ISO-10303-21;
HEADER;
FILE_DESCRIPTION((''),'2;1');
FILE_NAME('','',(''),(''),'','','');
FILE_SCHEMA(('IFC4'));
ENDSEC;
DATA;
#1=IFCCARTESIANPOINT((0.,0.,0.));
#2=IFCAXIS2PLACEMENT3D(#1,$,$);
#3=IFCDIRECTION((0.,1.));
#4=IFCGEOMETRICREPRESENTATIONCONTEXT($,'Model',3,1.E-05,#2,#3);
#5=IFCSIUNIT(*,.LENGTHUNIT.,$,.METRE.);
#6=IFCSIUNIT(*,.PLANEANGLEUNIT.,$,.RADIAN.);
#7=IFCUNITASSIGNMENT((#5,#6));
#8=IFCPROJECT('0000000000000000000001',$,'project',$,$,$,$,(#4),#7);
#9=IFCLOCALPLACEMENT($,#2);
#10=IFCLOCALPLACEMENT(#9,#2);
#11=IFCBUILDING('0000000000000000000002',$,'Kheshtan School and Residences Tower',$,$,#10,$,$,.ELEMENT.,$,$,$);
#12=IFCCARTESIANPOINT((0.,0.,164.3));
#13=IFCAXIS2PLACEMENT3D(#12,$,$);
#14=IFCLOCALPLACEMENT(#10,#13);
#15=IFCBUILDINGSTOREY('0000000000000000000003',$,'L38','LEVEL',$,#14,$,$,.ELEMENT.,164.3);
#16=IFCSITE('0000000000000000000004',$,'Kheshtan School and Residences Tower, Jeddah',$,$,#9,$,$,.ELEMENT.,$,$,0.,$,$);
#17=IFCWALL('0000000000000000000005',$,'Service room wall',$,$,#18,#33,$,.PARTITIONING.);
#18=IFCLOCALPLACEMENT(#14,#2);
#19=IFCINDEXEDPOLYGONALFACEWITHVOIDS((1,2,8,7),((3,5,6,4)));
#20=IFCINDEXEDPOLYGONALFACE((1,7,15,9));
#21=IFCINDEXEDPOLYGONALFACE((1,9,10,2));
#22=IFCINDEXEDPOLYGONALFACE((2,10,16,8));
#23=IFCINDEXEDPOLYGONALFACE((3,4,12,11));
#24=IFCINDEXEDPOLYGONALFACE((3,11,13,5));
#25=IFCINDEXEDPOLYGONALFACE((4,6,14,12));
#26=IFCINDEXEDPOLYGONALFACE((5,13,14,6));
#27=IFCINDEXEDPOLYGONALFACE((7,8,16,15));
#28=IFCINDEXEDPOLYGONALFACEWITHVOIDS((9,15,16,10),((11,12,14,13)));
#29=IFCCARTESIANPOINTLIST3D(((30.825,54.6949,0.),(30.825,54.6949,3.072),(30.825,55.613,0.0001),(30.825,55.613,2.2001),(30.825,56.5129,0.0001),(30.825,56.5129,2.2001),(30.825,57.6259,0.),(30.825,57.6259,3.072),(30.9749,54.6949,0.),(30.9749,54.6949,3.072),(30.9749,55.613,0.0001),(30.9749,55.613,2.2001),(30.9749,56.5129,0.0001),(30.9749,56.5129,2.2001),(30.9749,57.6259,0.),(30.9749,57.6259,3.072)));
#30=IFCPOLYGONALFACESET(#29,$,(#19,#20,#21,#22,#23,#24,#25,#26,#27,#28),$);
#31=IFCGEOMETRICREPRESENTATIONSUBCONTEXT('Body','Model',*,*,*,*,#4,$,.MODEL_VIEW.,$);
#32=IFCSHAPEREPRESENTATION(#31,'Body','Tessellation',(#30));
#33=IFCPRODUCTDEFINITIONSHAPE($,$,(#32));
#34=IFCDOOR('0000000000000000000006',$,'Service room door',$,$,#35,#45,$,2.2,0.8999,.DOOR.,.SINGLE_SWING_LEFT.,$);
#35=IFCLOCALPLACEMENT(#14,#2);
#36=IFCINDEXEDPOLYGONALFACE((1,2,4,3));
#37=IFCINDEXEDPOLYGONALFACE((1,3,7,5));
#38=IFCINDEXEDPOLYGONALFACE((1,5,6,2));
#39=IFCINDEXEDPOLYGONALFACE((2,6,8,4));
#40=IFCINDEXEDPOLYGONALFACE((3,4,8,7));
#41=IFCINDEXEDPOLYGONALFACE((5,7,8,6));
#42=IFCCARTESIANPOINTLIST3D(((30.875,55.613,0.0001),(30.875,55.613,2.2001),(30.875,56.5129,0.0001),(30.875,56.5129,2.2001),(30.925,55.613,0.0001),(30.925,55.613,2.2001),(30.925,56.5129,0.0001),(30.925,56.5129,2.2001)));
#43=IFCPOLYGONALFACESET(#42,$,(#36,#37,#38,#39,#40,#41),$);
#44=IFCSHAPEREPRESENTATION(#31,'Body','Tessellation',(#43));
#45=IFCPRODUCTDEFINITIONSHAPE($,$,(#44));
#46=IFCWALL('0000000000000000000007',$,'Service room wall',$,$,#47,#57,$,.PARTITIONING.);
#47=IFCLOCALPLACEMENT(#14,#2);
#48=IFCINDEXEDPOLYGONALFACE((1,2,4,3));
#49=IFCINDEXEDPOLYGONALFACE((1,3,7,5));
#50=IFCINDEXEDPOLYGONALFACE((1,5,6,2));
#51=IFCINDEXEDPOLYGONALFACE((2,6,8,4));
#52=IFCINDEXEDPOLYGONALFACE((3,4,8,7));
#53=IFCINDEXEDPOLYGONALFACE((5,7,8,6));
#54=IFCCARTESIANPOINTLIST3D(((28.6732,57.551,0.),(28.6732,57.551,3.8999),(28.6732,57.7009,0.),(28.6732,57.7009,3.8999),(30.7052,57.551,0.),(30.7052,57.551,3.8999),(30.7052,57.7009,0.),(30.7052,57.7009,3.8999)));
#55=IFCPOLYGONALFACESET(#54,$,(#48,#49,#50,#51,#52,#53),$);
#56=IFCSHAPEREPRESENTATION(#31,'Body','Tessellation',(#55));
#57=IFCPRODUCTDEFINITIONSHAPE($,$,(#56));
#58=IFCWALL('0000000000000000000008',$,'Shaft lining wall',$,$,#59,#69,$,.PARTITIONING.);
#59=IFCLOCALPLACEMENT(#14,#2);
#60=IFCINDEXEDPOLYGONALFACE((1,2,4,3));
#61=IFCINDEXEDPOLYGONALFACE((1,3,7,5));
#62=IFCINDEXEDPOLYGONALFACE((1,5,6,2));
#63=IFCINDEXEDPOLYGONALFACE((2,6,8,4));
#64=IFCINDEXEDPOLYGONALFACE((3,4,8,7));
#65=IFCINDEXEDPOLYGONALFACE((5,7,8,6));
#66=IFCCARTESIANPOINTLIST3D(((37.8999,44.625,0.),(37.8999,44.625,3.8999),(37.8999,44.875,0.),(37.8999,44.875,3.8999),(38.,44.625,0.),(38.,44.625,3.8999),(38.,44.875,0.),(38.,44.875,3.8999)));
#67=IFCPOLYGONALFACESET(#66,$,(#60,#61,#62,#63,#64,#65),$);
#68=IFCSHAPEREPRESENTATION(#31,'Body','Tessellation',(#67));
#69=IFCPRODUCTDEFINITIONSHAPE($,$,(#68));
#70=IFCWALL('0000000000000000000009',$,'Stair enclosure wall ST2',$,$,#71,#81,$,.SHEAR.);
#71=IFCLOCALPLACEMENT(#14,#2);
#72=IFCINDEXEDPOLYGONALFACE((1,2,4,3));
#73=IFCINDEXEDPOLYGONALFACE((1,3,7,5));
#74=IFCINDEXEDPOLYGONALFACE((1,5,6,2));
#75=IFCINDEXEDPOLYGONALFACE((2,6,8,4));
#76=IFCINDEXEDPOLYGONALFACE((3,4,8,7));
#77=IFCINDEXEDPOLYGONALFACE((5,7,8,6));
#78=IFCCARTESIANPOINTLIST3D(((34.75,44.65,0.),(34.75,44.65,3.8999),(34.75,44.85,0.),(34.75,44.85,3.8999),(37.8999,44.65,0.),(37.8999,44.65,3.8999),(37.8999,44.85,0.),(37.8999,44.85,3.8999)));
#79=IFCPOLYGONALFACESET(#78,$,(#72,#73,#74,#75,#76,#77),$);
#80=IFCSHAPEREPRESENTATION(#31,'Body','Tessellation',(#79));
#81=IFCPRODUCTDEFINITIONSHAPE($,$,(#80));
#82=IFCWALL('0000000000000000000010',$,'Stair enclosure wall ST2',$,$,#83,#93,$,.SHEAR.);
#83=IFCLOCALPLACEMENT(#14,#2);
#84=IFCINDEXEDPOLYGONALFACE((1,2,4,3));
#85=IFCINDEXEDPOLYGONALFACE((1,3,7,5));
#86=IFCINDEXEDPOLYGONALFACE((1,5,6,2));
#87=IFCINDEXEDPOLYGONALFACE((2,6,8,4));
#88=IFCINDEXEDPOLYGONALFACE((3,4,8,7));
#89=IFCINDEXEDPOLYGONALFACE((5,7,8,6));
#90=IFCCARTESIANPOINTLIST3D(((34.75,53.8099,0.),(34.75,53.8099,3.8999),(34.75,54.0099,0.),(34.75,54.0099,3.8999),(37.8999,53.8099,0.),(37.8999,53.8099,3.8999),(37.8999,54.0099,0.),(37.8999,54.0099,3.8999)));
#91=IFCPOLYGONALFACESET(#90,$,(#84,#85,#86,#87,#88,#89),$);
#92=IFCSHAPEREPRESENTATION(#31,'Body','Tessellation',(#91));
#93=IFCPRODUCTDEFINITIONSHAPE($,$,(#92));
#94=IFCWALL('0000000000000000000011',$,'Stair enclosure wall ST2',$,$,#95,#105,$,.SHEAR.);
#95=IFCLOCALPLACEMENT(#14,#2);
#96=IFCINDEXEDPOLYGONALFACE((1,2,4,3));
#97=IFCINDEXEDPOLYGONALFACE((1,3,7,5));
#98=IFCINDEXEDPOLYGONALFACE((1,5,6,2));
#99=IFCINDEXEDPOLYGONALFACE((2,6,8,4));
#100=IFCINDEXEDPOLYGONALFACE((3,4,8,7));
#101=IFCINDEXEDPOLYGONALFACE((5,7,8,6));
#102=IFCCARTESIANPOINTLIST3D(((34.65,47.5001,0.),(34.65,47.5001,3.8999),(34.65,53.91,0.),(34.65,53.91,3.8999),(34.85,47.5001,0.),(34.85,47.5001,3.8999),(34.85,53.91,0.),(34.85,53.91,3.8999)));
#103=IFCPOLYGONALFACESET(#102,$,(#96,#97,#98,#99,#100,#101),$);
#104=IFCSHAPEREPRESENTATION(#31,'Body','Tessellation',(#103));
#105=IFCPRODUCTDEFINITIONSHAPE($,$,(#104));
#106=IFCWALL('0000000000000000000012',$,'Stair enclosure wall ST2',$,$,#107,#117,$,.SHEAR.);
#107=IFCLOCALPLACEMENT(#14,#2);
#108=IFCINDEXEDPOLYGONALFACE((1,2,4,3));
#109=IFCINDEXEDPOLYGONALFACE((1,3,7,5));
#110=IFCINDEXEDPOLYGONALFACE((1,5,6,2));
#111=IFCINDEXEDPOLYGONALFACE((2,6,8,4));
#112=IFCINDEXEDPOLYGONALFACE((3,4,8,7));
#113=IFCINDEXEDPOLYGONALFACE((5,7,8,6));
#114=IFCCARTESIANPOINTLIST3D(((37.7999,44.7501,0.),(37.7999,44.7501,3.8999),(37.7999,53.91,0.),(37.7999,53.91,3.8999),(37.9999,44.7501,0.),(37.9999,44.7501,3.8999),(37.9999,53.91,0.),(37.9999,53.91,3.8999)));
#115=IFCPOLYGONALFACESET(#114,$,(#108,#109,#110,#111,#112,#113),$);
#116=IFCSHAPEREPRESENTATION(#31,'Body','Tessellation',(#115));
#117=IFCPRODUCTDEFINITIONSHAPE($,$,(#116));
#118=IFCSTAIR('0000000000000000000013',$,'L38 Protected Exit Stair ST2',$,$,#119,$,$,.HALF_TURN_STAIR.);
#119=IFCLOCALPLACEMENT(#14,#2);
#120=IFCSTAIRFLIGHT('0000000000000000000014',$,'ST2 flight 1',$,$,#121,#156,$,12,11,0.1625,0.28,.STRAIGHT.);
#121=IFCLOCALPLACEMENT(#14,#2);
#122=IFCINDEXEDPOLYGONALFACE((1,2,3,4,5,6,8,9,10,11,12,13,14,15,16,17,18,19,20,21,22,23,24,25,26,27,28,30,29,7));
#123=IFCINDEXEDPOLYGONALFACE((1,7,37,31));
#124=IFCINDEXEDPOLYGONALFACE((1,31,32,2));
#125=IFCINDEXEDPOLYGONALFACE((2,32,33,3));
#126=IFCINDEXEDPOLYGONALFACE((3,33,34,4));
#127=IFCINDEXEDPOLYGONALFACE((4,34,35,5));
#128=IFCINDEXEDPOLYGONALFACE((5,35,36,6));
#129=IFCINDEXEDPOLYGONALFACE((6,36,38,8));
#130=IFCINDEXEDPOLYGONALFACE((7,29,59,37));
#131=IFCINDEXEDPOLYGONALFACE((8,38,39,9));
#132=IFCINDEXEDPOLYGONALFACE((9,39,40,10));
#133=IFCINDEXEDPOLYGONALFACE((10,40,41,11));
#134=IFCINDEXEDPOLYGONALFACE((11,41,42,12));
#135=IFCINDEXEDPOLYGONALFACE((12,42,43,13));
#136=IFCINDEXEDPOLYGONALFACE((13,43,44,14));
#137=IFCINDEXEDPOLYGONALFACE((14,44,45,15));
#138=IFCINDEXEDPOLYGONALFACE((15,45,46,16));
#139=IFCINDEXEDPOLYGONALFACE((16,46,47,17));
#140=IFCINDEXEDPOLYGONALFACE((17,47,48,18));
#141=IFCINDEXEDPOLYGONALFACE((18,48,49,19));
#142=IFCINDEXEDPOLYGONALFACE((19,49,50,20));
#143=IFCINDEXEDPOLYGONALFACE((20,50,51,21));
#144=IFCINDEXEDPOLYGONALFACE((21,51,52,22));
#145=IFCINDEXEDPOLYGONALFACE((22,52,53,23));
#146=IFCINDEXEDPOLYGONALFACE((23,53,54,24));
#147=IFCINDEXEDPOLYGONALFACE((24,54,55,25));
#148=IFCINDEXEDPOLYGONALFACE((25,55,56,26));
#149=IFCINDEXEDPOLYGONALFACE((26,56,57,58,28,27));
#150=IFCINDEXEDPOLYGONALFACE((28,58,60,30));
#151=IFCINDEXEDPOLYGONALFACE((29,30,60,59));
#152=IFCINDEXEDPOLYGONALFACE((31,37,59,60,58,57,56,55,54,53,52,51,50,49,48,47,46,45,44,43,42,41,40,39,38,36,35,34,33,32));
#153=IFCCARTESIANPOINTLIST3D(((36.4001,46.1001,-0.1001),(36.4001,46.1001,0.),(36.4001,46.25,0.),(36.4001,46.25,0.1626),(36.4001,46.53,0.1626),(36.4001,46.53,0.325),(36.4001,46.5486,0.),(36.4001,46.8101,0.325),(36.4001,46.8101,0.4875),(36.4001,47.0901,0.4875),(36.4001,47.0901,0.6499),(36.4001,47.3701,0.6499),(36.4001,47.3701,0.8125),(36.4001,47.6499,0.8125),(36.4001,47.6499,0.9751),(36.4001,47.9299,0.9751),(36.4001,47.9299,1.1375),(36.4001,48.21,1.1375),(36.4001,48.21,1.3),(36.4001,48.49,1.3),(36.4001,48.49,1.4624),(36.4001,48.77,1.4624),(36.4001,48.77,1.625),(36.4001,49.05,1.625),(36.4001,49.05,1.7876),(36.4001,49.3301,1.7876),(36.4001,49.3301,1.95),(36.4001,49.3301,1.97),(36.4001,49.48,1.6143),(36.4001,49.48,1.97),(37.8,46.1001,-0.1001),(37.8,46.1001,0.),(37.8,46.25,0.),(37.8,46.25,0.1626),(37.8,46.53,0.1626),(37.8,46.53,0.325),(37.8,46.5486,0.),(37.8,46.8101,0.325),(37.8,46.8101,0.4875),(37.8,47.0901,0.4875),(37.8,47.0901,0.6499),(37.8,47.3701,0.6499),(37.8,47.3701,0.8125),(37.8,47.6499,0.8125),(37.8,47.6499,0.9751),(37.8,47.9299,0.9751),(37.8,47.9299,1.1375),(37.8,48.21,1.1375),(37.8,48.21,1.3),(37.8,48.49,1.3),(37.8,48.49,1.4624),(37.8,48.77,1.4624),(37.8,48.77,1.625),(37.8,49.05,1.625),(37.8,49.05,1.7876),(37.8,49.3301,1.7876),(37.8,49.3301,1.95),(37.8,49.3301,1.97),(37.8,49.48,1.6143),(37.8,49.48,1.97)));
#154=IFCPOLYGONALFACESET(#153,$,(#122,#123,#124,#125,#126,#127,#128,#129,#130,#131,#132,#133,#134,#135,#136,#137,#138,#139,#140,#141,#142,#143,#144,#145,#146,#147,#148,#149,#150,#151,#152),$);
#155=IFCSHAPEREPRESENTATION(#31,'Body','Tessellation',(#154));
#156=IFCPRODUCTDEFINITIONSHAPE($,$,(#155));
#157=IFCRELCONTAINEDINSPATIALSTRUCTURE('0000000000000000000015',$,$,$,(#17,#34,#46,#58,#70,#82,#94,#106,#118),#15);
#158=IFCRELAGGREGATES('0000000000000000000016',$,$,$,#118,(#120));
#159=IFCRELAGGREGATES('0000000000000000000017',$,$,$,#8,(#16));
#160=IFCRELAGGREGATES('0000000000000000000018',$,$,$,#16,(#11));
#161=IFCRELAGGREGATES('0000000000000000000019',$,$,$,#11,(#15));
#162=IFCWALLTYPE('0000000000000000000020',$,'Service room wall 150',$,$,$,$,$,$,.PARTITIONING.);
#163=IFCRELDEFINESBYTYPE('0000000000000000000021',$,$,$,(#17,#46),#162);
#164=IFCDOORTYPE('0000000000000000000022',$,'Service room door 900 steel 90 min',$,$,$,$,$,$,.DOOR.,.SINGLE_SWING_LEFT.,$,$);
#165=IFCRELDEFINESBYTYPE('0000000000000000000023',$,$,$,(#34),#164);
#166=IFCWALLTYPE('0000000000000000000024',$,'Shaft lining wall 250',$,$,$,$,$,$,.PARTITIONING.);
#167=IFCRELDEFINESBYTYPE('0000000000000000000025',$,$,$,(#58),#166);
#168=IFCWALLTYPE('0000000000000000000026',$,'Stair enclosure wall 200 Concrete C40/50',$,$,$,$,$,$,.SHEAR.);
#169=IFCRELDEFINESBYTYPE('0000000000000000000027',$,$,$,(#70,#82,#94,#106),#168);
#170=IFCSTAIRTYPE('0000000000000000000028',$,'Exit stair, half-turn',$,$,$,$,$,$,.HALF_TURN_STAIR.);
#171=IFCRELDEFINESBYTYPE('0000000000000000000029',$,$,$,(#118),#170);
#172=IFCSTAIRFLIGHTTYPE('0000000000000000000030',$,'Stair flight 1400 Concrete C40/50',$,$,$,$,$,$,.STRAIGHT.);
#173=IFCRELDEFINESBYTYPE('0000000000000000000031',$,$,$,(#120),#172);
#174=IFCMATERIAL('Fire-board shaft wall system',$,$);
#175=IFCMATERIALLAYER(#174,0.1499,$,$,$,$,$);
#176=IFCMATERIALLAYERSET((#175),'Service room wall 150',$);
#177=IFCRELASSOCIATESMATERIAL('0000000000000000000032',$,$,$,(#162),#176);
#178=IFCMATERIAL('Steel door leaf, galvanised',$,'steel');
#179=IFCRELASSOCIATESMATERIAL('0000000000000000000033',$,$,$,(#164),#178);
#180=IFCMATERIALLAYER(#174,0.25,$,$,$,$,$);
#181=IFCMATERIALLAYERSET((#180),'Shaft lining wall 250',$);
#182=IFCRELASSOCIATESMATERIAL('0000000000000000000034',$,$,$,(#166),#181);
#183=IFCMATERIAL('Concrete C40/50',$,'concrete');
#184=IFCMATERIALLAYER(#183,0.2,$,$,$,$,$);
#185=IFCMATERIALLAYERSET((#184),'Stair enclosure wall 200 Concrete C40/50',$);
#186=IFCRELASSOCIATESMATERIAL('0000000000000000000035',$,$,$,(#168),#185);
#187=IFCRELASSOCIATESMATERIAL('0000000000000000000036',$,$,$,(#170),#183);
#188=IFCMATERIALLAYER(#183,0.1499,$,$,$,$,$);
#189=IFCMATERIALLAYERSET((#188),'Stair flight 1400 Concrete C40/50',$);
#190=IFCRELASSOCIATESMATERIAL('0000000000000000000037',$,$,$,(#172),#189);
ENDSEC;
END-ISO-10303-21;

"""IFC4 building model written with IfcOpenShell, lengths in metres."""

from ifc_helpers import new_model, si_unit, direction, frame, frame_2d, origin, place, context, subcontext, project, spatial, polyline, rectangle, outline, extrude, source, transform, mapped, material, layer, layer_set, type_object, element, fill, aggregate, save


model = new_model("IFC4")

# Units and contexts
model_context = context("Model", 3, precision=1e-05, world=origin(), true_north=direction((0.0, 1.0)))
body_context = subcontext(model_context, "Body", "Model", "MODEL_VIEW")
ifc_project = project(units=[si_unit("LENGTHUNIT", "METRE"), si_unit("PLANEANGLEUNIT", "RADIAN")], contexts=[model_context])

# Site, building, storey
site_placement = place(None, origin())
site = spatial("IfcSite", under=ifc_project, at=site_placement, Name="Kheshtan School and Residences Tower, Jeddah", CompositionType="ELEMENT", RefElevation=0.0)
building_placement = place(site_placement, origin())
building = spatial("IfcBuilding", under=site, at=building_placement, Name="Kheshtan School and Residences Tower", CompositionType="ELEMENT")
storey_placement = place(building_placement, frame((0.0, 0.0, 164.3)))
storey = spatial("IfcBuildingStorey", under=building, at=storey_placement, Name="L38", Description="LEVEL", CompositionType="ELEMENT", Elevation=164.3)

# Shared definitions
ifc_material_1 = material(Name="Fire-board shaft wall system")
ifc_layer_1 = layer(ifc_material_1, 0.1499)
ifc_layer_set_1 = layer_set([ifc_layer_1], Name="Service room wall 150")
wall_type_1 = type_object("IfcWallType", Name="Service room wall 150", PredefinedType="PARTITIONING", material=ifc_layer_set_1)

# Wall, opening, door
wall_1_placement = place(storey_placement, frame((30.8999, 54.6951, 0.0), z_axis=(0.0, 0.0, 1.0), x_axis=(0.0, 1.0, 0.0)))
wall_1 = element("IfcWall", 1, at=wall_1_placement, inside=storey, type_object=wall_type_1, Name="Service room wall", PredefinedType="PARTITIONING", context=body_context, shape_type="SweptSolid", body=[
    extrude(rectangle(XDim=2.9309, YDim=0.1499, at=frame_2d((1.4653, 0.0))), origin(), (0.0, 0.0, 1.0), 3.072),
])
opening_1_placement = place(wall_1_placement, frame((0.918, 0.0, 0.0)))
opening_1 = element("IfcOpeningElement", 2, at=opening_1_placement, cuts=wall_1, PredefinedType="OPENING", context=body_context, shape_type="SweptSolid", body=[
    extrude(rectangle(XDim=0.8999, YDim=2.2, at=frame_2d((0.45, 1.1001))), frame((0.0, 0.085, 0.0), z_axis=(0.0, -1.0, 0.0), x_axis=(1.0, 0.0, 0.0)), (0.0, 0.0, 1.0), 0.1699),
])
ifc_material_2 = material(Name="Steel door leaf, galvanised", Category="steel")
door_type_1 = type_object("IfcDoorType", Name="Service room door 900 steel 90 min", OperationType="SINGLE_SWING_LEFT", PredefinedType="DOOR", material=ifc_material_2)
shared_shape_1 = source(origin(), body_context, "Body", "SweptSolid", [
    extrude(rectangle(XDim=0.8999, YDim=2.2, at=frame_2d((0.45, 1.1001))), frame((0.0, 0.0249, 0.0), z_axis=(0.0, -1.0, 0.0), x_axis=(1.0, 0.0, 0.0)), (0.0, 0.0, 1.0), 0.05),
])
door_1_placement = place(opening_1_placement, origin())
door_1 = element("IfcDoor", 3, at=door_1_placement, inside=storey, type_object=door_type_1, Name="Service room door", OperationType="SINGLE_SWING_LEFT", OverallHeight=2.2, OverallWidth=0.8999, PredefinedType="DOOR", context=body_context, shape_type="MappedRepresentation", body=[
    mapped(shared_shape_1, transform((0.0, 0.0, 0.0), x_axis=(1.0, 0.0, 0.0), y_axis=(0.0, 1.0, 0.0), z_axis=(0.0, 0.0, 1.0), scale=1.0)),
])
fill(opening_1, door_1)

# Walls
wall_2_placement = place(storey_placement, frame((28.6731, 57.626, 0.0), z_axis=(0.0, 0.0, 1.0), x_axis=(1.0, 0.0, 0.0)))
element("IfcWall", 4, at=wall_2_placement, inside=storey, type_object=wall_type_1, Name="Service room wall", PredefinedType="PARTITIONING", context=body_context, shape_type="SweptSolid", body=[
    extrude(rectangle(XDim=2.032, YDim=0.1499, at=frame_2d((1.0161, 0.0))), origin(), (0.0, 0.0, 1.0), 3.8999),
])
ifc_layer_2 = layer(ifc_material_1, 0.25)
ifc_layer_set_2 = layer_set([ifc_layer_2], Name="Shaft lining wall 250")
wall_type_2 = type_object("IfcWallType", Name="Shaft lining wall 250", PredefinedType="PARTITIONING", material=ifc_layer_set_2)
wall_3_placement = place(storey_placement, frame((37.8999, 44.75, 0.0), z_axis=(0.0, 0.0, 1.0), x_axis=(1.0, 0.0, 0.0)))
element("IfcWall", 5, at=wall_3_placement, inside=storey, type_object=wall_type_2, Name="Shaft lining wall", PredefinedType="PARTITIONING", context=body_context, shape_type="SweptSolid", body=[
    extrude(rectangle(XDim=0.1001, YDim=0.25, at=frame_2d((0.05, 0.0))), origin(), (0.0, 0.0, 1.0), 3.8999),
])
ifc_material_3 = material(Name="Concrete C40/50", Category="concrete")
ifc_layer_3 = layer(ifc_material_3, 0.2)
ifc_layer_set_3 = layer_set([ifc_layer_3], Name="Stair enclosure wall 200 Concrete C40/50")
wall_type_3 = type_object("IfcWallType", Name="Stair enclosure wall 200 Concrete C40/50", PredefinedType="SHEAR", material=ifc_layer_set_3)
for number, where, z_axis, x_axis, name in (
    (6, (34.75, 44.75, 0.0), (0.0, 0.0, 1.0), (1.0, 0.0, 0.0), "Stair enclosure wall ST2"),
    (7, (34.75, 53.9099, 0.0), (0.0, 0.0, 1.0), (1.0, 0.0, 0.0), "Stair enclosure wall ST2"),
):
    element("IfcWall", number, at=place(storey_placement, frame(where, z_axis=z_axis, x_axis=x_axis)), inside=storey, type_object=wall_type_3, Name=name, PredefinedType="SHEAR", context=body_context, shape_type="SweptSolid", body=[
        extrude(rectangle(XDim=3.1499, YDim=0.2, at=frame_2d((1.575, 0.0))), origin(), (0.0, 0.0, 1.0), 3.8999),
    ])
wall_4_placement = place(storey_placement, frame((34.75, 47.5, 0.0), z_axis=(0.0, 0.0, 1.0), x_axis=(0.0, 1.0, 0.0)))
element("IfcWall", 8, at=wall_4_placement, inside=storey, type_object=wall_type_3, Name="Stair enclosure wall ST2", PredefinedType="SHEAR", context=body_context, shape_type="SweptSolid", body=[
    extrude(rectangle(XDim=6.4099, YDim=0.2, at=frame_2d((3.2051, 0.0))), origin(), (0.0, 0.0, 1.0), 3.8999),
])
wall_5_placement = place(storey_placement, frame((37.8999, 44.75, 0.0), z_axis=(0.0, 0.0, 1.0), x_axis=(0.0, 1.0, 0.0)))
element("IfcWall", 9, at=wall_5_placement, inside=storey, type_object=wall_type_3, Name="Stair enclosure wall ST2", PredefinedType="SHEAR", context=body_context, shape_type="SweptSolid", body=[
    extrude(rectangle(XDim=9.1599, YDim=0.2, at=frame_2d((4.5801, 0.0))), origin(), (0.0, 0.0, 1.0), 3.8999),
])

# Stair, stair flight
stair_type = type_object("IfcStairType", Name="Exit stair, half-turn", PredefinedType="HALF_TURN_STAIR", material=ifc_material_3)
stair_placement = place(storey_placement, origin())
stair = element("IfcStair", 10, at=stair_placement, inside=storey, type_object=stair_type, Name="L38 Protected Exit Stair ST2", PredefinedType="HALF_TURN_STAIR")
ifc_layer_4 = layer(ifc_material_3, 0.1499)
ifc_layer_set_4 = layer_set([ifc_layer_4], Name="Stair flight 1400 Concrete C40/50")
stair_flight_type = type_object("IfcStairFlightType", Name="Stair flight 1400 Concrete C40/50", PredefinedType="STRAIGHT", material=ifc_layer_set_4)
stair_flight_1_placement = place(storey_placement, frame((37.1001, 46.25, 0.0), z_axis=(0.0, 0.0, 1.0), x_axis=(0.0, 1.0, 0.0)))
stair_flight_1 = element("IfcStairFlight", 11, at=stair_flight_1_placement, type_object=stair_flight_type, Name="ST2 flight 1", NumberOfRisers=12, NumberOfTreads=11, PredefinedType="STRAIGHT", RiserHeight=0.1625, TreadLength=0.28, context=body_context, shape_type="SweptSolid", body=[
    extrude(outline(polyline([(-0.1499, -0.1001), (-0.1499, 0.0), (0.0, 0.0), (0.0, 0.1626), (0.28, 0.1626), (0.28, 0.325), (0.5601, 0.325), (0.5601, 0.4875), (0.8401, 0.4875), (0.8401, 0.6499), (1.1201, 0.6499), (1.1201, 0.8125), (1.3999, 0.8125), (1.3999, 0.9751), (1.6799, 0.9751), (1.6799, 1.1375), (1.96, 1.1375), (1.96, 1.3), (2.24, 1.3), (2.24, 1.4624), (2.52, 1.4624), (2.52, 1.625), (2.8, 1.625), (2.8, 1.7876), (3.0801, 1.7876), (3.0801, 1.95), (3.0801, 1.97), (3.23, 1.97), (3.23, 1.6143), (0.2986, 0.0), (-0.1499, -0.1001)])), frame((0.0, 0.7, 0.0), z_axis=(0.0, -1.0, 0.0), x_axis=(1.0, 0.0, 0.0)), (0.0, 0.0, 1.0), 1.3999),
])
aggregate(stair, [stair_flight_1])

save(model, "model.ifc")
